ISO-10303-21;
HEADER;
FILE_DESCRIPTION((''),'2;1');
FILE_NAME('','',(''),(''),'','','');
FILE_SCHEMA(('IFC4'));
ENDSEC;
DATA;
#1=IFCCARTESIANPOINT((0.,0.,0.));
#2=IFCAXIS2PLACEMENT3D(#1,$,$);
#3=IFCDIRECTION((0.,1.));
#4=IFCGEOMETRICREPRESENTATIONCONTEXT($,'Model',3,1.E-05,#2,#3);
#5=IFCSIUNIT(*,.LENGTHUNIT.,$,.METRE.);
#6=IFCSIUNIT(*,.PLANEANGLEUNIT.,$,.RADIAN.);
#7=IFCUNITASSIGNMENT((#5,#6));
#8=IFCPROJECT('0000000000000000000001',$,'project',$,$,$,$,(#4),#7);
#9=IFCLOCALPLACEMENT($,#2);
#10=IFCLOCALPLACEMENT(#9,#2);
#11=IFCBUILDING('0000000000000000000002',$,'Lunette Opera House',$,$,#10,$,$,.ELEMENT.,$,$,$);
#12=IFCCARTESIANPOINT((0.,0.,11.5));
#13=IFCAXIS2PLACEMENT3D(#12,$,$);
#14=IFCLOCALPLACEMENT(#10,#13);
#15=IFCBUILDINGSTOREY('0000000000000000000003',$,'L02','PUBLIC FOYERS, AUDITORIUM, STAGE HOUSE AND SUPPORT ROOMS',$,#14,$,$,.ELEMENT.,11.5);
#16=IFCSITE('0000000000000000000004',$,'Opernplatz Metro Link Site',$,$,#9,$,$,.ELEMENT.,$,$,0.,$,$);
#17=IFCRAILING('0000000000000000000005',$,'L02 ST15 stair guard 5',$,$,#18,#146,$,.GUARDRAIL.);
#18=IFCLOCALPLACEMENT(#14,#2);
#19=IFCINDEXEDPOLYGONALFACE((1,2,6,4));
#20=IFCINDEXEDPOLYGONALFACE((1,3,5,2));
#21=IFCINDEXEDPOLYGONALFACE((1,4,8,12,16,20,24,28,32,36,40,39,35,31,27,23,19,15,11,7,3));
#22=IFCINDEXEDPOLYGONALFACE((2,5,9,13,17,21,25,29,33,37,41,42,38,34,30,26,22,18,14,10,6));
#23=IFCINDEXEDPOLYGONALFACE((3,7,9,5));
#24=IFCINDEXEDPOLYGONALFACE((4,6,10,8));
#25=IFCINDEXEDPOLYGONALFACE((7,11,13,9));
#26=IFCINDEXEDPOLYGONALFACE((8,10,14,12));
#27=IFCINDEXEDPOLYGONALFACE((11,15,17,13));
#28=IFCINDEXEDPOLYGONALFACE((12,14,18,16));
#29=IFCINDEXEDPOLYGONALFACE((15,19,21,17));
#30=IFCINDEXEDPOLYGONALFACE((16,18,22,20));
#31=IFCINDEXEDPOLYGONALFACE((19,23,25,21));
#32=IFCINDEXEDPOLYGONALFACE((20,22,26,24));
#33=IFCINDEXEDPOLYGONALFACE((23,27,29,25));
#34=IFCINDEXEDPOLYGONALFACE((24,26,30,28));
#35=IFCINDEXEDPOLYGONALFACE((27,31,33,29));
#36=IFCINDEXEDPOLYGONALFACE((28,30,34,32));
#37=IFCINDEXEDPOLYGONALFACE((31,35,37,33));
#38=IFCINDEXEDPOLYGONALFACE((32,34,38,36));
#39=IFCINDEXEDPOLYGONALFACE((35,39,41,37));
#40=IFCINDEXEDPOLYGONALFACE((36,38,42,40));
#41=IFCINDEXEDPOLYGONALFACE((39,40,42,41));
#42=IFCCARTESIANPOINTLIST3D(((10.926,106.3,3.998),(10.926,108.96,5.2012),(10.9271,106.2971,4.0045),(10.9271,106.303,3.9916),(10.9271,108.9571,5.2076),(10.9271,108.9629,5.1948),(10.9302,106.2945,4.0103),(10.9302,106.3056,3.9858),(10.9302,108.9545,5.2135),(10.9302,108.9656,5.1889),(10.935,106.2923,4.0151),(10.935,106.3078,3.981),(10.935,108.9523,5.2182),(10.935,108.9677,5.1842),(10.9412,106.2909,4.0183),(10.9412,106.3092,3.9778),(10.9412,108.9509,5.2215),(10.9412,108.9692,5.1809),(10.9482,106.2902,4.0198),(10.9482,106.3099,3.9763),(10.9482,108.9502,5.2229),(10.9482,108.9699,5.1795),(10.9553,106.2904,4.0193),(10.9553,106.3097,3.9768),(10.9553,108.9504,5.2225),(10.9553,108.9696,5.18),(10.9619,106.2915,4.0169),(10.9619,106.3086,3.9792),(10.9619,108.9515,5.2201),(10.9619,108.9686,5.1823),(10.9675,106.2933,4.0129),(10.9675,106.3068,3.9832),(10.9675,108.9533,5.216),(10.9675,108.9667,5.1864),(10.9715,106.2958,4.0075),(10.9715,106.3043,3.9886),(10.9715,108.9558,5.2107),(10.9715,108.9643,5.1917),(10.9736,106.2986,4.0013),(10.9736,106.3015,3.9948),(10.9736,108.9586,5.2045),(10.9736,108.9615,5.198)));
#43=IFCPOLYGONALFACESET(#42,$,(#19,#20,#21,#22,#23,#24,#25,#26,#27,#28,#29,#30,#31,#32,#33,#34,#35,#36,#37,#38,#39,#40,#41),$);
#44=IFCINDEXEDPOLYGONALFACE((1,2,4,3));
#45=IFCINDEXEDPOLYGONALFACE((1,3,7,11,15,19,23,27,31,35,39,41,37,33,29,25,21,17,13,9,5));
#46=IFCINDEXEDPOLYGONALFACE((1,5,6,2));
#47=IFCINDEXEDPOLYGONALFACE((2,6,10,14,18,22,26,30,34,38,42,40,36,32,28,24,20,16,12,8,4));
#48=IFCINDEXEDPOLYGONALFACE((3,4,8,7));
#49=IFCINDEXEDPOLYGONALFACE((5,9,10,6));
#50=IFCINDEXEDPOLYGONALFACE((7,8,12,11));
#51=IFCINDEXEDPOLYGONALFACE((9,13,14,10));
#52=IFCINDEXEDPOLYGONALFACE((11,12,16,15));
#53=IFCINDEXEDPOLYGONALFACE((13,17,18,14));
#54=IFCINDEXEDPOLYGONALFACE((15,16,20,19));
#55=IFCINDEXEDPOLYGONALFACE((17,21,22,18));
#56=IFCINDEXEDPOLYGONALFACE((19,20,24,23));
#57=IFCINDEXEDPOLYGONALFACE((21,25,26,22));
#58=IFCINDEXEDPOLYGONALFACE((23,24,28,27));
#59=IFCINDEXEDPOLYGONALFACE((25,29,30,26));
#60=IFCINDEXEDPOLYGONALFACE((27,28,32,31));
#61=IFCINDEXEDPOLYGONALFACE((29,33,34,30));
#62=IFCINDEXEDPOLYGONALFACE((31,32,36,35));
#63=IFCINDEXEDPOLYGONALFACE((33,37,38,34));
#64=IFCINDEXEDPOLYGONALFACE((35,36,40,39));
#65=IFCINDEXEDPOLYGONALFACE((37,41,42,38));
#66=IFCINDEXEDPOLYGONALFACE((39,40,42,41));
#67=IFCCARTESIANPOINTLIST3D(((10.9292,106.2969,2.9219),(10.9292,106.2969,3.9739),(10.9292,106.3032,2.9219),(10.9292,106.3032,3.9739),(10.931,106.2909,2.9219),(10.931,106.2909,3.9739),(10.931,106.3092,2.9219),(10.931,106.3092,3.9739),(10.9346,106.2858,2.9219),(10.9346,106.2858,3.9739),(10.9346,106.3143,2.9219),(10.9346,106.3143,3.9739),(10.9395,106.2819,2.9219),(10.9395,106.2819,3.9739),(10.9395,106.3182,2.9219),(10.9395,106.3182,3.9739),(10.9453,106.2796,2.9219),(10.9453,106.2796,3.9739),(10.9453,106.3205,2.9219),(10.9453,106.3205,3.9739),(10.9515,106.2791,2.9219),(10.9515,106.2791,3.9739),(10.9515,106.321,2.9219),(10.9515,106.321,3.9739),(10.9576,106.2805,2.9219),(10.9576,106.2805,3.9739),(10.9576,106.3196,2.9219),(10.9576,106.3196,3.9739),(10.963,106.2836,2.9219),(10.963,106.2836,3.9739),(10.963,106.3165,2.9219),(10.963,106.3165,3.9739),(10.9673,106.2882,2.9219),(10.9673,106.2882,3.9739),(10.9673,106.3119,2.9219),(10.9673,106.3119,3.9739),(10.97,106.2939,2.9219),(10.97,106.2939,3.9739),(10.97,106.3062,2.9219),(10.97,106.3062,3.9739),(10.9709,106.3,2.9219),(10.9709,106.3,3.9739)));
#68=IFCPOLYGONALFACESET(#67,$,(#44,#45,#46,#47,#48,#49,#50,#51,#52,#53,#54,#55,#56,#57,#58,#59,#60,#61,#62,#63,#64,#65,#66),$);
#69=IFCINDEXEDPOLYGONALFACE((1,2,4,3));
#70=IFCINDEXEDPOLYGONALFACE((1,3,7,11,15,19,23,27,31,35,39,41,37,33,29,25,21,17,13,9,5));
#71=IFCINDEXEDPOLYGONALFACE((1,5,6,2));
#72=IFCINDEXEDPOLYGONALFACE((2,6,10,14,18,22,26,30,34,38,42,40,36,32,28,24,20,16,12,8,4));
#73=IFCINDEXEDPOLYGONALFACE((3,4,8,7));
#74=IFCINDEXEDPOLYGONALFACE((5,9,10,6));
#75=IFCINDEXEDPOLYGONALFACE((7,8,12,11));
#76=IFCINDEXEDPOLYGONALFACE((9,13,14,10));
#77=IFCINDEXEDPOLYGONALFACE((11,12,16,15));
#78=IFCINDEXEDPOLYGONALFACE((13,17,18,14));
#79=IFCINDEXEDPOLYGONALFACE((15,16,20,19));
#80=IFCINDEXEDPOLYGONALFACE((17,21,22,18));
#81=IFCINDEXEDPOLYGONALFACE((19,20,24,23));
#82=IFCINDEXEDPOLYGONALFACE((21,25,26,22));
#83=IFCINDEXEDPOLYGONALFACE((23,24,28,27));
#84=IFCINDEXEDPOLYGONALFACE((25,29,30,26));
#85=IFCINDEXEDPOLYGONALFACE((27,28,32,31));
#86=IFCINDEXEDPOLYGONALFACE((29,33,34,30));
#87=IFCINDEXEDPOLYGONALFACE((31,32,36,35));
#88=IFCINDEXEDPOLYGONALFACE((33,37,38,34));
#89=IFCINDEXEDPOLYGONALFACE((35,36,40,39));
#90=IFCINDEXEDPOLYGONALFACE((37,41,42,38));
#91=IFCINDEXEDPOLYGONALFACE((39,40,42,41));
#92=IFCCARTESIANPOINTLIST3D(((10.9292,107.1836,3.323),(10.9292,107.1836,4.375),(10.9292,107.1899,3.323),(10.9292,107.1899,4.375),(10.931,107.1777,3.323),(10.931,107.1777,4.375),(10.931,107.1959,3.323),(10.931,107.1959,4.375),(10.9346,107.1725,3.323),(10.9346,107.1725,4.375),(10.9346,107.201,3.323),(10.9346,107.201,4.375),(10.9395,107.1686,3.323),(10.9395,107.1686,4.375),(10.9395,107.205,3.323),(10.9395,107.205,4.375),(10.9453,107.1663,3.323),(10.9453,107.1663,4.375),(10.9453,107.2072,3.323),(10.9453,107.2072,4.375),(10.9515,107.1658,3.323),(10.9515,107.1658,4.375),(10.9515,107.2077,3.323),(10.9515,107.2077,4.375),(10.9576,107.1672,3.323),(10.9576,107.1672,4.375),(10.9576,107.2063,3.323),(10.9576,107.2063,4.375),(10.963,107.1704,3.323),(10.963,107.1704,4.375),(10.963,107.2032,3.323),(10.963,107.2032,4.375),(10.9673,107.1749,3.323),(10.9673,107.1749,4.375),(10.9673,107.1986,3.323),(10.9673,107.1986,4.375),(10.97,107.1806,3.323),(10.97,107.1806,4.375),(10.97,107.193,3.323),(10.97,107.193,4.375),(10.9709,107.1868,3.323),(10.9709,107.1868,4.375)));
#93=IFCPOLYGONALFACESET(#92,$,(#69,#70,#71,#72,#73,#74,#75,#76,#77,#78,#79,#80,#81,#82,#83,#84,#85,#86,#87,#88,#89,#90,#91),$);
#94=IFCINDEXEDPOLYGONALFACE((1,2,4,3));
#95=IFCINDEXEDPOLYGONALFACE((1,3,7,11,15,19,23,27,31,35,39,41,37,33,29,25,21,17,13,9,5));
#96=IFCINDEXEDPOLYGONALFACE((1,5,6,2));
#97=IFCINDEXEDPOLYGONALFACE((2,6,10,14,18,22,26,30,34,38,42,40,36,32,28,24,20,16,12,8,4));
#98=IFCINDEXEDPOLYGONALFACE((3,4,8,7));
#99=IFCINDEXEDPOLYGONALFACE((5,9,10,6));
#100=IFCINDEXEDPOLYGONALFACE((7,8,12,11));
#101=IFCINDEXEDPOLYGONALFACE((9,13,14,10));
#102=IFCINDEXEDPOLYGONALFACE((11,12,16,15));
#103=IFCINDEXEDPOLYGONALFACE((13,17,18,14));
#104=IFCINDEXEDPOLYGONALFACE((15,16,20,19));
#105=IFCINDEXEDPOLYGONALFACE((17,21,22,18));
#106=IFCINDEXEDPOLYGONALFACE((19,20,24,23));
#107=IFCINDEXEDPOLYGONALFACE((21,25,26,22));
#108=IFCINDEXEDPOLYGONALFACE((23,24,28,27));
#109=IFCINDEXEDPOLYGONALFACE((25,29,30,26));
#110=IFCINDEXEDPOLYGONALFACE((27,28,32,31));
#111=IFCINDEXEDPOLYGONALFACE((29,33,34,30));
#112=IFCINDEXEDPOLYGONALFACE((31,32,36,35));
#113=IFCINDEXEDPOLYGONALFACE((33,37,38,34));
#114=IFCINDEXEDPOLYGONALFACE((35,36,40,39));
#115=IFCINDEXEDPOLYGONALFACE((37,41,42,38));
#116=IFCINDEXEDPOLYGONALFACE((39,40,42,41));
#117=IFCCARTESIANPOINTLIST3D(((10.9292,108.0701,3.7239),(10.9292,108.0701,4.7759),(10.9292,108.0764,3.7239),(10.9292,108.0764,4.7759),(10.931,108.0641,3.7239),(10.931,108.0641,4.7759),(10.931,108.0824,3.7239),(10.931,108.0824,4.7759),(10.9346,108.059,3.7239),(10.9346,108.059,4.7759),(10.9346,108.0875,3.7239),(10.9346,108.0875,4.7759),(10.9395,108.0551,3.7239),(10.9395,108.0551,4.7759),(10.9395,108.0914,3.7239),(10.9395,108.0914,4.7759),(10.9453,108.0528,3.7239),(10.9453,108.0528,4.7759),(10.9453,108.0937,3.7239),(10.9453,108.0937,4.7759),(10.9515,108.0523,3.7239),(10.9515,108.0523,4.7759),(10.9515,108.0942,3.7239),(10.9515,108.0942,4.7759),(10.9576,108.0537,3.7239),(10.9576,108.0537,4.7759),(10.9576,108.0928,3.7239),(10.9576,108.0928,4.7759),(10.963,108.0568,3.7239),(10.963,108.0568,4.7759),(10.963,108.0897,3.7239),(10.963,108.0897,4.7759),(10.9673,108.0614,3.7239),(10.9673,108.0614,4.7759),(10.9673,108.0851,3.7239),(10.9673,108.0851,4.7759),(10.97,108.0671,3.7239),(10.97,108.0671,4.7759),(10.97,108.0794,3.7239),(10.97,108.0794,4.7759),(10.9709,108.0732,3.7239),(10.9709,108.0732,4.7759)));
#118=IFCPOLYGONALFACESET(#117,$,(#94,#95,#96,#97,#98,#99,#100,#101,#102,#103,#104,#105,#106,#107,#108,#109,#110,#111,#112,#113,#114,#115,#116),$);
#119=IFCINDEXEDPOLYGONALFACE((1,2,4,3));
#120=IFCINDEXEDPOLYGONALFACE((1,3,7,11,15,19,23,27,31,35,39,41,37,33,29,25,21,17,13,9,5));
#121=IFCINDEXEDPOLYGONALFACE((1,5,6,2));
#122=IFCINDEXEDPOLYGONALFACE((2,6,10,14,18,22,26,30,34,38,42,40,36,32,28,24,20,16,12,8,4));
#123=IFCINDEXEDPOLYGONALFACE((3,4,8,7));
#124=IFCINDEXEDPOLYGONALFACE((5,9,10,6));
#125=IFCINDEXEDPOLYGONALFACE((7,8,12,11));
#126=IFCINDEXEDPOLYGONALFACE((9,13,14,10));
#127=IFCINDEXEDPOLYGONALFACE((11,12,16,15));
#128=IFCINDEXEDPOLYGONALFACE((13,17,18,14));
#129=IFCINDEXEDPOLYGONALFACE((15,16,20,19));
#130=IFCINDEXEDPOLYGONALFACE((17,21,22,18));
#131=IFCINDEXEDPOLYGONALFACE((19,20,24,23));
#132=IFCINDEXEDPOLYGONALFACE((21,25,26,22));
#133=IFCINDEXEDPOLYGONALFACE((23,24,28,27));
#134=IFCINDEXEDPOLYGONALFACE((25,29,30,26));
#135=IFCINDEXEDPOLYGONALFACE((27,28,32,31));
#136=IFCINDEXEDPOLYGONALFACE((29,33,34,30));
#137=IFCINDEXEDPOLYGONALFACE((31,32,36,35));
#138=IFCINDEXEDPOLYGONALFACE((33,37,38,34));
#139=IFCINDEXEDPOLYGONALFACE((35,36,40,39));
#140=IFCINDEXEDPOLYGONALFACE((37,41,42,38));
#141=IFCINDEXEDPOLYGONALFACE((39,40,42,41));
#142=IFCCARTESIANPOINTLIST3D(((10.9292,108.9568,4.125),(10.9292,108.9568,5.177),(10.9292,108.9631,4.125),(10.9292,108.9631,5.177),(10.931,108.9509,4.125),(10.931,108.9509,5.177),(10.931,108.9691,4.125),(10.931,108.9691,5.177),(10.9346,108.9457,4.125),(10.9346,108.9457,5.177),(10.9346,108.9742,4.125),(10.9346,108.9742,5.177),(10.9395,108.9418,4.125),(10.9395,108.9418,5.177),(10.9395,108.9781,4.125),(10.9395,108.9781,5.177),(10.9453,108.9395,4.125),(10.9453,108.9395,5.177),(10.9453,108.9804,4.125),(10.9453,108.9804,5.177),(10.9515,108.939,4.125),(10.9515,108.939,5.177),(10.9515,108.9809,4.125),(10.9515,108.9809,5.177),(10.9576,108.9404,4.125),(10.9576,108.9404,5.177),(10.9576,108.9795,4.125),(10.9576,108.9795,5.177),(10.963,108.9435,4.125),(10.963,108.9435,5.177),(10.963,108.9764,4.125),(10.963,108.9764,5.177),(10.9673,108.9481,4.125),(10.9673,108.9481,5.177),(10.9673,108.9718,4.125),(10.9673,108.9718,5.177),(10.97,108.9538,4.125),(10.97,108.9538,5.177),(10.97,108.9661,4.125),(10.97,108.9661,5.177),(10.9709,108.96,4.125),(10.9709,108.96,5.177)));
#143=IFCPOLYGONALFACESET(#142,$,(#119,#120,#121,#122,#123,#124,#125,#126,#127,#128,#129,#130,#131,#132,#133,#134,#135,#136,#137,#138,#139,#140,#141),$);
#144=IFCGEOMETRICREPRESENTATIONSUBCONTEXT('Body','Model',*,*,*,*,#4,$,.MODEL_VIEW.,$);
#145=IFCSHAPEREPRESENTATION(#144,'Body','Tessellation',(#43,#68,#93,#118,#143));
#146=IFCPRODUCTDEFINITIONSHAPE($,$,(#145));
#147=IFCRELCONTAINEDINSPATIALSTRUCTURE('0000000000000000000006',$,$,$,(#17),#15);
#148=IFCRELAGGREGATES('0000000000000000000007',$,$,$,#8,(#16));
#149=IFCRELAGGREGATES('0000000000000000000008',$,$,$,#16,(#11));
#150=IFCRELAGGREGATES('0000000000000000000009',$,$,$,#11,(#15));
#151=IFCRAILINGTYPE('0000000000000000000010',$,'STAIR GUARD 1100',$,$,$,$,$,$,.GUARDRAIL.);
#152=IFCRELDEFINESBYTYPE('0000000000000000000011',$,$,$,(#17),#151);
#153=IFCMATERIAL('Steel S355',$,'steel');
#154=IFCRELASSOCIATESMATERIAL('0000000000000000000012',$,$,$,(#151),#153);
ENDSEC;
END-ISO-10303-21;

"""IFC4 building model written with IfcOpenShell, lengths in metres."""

from ifc_helpers import new_model, si_unit, direction, frame, origin, origin_2d, place, context, subcontext, project, spatial, circle, extrude, material, type_object, element, save


model = new_model("IFC4")

# Units and contexts
model_context = context("Model", 3, precision=1e-05, world=origin(), true_north=direction((0.0, 1.0)))
body_context = subcontext(model_context, "Body", "Model", "MODEL_VIEW")
ifc_project = project(units=[si_unit("LENGTHUNIT", "METRE"), si_unit("PLANEANGLEUNIT", "RADIAN")], contexts=[model_context])

# Site, building, storey
site_placement = place(None, origin())
site = spatial("IfcSite", under=ifc_project, at=site_placement, Name="Opernplatz Metro Link Site", CompositionType="ELEMENT", RefElevation=0.0)
building_placement = place(site_placement, origin())
building = spatial("IfcBuilding", under=site, at=building_placement, Name="Lunette Opera House", CompositionType="ELEMENT")
storey_placement = place(building_placement, frame((0.0, 0.0, 11.5)))
storey = spatial("IfcBuildingStorey", under=building, at=storey_placement, Name="L02", Description="PUBLIC FOYERS, AUDITORIUM, STAGE HOUSE AND SUPPORT ROOMS", CompositionType="ELEMENT", Elevation=11.5)

# Railing
ifc_material_1 = material(Name="Steel S355", Category="steel")
railing_type_1 = type_object("IfcRailingType", Name="STAIR GUARD 1100", PredefinedType="GUARDRAIL", material=ifc_material_1)
railing_1_placement = place(storey_placement, frame((10.95, 106.3, 2.9219)))
element("IfcRailing", 1, at=railing_1_placement, inside=storey, type_object=railing_type_1, Name="L02 ST15 stair guard 5", PredefinedType="GUARDRAIL", context=body_context, shape_type="SweptSolid", body=[
    extrude(circle(Radius=0.0239, at=origin_2d()), frame((0.0, 0.0, 1.0762), z_axis=(0.0, 0.91113, 0.41212), x_axis=(-1.0, 0.0, 0.0)), (0.0, 0.0, 1.0), 2.9194),
    extrude(circle(Radius=0.021, at=origin_2d()), origin(), (0.0, 0.0, 1.0), 1.052),
    extrude(circle(Radius=0.021, at=origin_2d()), frame((0.0, 0.8867, 0.4011)), (0.0, 0.0, 1.0), 1.052),
    extrude(circle(Radius=0.021, at=origin_2d()), frame((0.0, 1.7732, 0.802)), (0.0, 0.0, 1.0), 1.052),
    extrude(circle(Radius=0.021, at=origin_2d()), frame((0.0, 2.6599, 1.2031)), (0.0, 0.0, 1.0), 1.052),
])

save(model, "model.ifc")
